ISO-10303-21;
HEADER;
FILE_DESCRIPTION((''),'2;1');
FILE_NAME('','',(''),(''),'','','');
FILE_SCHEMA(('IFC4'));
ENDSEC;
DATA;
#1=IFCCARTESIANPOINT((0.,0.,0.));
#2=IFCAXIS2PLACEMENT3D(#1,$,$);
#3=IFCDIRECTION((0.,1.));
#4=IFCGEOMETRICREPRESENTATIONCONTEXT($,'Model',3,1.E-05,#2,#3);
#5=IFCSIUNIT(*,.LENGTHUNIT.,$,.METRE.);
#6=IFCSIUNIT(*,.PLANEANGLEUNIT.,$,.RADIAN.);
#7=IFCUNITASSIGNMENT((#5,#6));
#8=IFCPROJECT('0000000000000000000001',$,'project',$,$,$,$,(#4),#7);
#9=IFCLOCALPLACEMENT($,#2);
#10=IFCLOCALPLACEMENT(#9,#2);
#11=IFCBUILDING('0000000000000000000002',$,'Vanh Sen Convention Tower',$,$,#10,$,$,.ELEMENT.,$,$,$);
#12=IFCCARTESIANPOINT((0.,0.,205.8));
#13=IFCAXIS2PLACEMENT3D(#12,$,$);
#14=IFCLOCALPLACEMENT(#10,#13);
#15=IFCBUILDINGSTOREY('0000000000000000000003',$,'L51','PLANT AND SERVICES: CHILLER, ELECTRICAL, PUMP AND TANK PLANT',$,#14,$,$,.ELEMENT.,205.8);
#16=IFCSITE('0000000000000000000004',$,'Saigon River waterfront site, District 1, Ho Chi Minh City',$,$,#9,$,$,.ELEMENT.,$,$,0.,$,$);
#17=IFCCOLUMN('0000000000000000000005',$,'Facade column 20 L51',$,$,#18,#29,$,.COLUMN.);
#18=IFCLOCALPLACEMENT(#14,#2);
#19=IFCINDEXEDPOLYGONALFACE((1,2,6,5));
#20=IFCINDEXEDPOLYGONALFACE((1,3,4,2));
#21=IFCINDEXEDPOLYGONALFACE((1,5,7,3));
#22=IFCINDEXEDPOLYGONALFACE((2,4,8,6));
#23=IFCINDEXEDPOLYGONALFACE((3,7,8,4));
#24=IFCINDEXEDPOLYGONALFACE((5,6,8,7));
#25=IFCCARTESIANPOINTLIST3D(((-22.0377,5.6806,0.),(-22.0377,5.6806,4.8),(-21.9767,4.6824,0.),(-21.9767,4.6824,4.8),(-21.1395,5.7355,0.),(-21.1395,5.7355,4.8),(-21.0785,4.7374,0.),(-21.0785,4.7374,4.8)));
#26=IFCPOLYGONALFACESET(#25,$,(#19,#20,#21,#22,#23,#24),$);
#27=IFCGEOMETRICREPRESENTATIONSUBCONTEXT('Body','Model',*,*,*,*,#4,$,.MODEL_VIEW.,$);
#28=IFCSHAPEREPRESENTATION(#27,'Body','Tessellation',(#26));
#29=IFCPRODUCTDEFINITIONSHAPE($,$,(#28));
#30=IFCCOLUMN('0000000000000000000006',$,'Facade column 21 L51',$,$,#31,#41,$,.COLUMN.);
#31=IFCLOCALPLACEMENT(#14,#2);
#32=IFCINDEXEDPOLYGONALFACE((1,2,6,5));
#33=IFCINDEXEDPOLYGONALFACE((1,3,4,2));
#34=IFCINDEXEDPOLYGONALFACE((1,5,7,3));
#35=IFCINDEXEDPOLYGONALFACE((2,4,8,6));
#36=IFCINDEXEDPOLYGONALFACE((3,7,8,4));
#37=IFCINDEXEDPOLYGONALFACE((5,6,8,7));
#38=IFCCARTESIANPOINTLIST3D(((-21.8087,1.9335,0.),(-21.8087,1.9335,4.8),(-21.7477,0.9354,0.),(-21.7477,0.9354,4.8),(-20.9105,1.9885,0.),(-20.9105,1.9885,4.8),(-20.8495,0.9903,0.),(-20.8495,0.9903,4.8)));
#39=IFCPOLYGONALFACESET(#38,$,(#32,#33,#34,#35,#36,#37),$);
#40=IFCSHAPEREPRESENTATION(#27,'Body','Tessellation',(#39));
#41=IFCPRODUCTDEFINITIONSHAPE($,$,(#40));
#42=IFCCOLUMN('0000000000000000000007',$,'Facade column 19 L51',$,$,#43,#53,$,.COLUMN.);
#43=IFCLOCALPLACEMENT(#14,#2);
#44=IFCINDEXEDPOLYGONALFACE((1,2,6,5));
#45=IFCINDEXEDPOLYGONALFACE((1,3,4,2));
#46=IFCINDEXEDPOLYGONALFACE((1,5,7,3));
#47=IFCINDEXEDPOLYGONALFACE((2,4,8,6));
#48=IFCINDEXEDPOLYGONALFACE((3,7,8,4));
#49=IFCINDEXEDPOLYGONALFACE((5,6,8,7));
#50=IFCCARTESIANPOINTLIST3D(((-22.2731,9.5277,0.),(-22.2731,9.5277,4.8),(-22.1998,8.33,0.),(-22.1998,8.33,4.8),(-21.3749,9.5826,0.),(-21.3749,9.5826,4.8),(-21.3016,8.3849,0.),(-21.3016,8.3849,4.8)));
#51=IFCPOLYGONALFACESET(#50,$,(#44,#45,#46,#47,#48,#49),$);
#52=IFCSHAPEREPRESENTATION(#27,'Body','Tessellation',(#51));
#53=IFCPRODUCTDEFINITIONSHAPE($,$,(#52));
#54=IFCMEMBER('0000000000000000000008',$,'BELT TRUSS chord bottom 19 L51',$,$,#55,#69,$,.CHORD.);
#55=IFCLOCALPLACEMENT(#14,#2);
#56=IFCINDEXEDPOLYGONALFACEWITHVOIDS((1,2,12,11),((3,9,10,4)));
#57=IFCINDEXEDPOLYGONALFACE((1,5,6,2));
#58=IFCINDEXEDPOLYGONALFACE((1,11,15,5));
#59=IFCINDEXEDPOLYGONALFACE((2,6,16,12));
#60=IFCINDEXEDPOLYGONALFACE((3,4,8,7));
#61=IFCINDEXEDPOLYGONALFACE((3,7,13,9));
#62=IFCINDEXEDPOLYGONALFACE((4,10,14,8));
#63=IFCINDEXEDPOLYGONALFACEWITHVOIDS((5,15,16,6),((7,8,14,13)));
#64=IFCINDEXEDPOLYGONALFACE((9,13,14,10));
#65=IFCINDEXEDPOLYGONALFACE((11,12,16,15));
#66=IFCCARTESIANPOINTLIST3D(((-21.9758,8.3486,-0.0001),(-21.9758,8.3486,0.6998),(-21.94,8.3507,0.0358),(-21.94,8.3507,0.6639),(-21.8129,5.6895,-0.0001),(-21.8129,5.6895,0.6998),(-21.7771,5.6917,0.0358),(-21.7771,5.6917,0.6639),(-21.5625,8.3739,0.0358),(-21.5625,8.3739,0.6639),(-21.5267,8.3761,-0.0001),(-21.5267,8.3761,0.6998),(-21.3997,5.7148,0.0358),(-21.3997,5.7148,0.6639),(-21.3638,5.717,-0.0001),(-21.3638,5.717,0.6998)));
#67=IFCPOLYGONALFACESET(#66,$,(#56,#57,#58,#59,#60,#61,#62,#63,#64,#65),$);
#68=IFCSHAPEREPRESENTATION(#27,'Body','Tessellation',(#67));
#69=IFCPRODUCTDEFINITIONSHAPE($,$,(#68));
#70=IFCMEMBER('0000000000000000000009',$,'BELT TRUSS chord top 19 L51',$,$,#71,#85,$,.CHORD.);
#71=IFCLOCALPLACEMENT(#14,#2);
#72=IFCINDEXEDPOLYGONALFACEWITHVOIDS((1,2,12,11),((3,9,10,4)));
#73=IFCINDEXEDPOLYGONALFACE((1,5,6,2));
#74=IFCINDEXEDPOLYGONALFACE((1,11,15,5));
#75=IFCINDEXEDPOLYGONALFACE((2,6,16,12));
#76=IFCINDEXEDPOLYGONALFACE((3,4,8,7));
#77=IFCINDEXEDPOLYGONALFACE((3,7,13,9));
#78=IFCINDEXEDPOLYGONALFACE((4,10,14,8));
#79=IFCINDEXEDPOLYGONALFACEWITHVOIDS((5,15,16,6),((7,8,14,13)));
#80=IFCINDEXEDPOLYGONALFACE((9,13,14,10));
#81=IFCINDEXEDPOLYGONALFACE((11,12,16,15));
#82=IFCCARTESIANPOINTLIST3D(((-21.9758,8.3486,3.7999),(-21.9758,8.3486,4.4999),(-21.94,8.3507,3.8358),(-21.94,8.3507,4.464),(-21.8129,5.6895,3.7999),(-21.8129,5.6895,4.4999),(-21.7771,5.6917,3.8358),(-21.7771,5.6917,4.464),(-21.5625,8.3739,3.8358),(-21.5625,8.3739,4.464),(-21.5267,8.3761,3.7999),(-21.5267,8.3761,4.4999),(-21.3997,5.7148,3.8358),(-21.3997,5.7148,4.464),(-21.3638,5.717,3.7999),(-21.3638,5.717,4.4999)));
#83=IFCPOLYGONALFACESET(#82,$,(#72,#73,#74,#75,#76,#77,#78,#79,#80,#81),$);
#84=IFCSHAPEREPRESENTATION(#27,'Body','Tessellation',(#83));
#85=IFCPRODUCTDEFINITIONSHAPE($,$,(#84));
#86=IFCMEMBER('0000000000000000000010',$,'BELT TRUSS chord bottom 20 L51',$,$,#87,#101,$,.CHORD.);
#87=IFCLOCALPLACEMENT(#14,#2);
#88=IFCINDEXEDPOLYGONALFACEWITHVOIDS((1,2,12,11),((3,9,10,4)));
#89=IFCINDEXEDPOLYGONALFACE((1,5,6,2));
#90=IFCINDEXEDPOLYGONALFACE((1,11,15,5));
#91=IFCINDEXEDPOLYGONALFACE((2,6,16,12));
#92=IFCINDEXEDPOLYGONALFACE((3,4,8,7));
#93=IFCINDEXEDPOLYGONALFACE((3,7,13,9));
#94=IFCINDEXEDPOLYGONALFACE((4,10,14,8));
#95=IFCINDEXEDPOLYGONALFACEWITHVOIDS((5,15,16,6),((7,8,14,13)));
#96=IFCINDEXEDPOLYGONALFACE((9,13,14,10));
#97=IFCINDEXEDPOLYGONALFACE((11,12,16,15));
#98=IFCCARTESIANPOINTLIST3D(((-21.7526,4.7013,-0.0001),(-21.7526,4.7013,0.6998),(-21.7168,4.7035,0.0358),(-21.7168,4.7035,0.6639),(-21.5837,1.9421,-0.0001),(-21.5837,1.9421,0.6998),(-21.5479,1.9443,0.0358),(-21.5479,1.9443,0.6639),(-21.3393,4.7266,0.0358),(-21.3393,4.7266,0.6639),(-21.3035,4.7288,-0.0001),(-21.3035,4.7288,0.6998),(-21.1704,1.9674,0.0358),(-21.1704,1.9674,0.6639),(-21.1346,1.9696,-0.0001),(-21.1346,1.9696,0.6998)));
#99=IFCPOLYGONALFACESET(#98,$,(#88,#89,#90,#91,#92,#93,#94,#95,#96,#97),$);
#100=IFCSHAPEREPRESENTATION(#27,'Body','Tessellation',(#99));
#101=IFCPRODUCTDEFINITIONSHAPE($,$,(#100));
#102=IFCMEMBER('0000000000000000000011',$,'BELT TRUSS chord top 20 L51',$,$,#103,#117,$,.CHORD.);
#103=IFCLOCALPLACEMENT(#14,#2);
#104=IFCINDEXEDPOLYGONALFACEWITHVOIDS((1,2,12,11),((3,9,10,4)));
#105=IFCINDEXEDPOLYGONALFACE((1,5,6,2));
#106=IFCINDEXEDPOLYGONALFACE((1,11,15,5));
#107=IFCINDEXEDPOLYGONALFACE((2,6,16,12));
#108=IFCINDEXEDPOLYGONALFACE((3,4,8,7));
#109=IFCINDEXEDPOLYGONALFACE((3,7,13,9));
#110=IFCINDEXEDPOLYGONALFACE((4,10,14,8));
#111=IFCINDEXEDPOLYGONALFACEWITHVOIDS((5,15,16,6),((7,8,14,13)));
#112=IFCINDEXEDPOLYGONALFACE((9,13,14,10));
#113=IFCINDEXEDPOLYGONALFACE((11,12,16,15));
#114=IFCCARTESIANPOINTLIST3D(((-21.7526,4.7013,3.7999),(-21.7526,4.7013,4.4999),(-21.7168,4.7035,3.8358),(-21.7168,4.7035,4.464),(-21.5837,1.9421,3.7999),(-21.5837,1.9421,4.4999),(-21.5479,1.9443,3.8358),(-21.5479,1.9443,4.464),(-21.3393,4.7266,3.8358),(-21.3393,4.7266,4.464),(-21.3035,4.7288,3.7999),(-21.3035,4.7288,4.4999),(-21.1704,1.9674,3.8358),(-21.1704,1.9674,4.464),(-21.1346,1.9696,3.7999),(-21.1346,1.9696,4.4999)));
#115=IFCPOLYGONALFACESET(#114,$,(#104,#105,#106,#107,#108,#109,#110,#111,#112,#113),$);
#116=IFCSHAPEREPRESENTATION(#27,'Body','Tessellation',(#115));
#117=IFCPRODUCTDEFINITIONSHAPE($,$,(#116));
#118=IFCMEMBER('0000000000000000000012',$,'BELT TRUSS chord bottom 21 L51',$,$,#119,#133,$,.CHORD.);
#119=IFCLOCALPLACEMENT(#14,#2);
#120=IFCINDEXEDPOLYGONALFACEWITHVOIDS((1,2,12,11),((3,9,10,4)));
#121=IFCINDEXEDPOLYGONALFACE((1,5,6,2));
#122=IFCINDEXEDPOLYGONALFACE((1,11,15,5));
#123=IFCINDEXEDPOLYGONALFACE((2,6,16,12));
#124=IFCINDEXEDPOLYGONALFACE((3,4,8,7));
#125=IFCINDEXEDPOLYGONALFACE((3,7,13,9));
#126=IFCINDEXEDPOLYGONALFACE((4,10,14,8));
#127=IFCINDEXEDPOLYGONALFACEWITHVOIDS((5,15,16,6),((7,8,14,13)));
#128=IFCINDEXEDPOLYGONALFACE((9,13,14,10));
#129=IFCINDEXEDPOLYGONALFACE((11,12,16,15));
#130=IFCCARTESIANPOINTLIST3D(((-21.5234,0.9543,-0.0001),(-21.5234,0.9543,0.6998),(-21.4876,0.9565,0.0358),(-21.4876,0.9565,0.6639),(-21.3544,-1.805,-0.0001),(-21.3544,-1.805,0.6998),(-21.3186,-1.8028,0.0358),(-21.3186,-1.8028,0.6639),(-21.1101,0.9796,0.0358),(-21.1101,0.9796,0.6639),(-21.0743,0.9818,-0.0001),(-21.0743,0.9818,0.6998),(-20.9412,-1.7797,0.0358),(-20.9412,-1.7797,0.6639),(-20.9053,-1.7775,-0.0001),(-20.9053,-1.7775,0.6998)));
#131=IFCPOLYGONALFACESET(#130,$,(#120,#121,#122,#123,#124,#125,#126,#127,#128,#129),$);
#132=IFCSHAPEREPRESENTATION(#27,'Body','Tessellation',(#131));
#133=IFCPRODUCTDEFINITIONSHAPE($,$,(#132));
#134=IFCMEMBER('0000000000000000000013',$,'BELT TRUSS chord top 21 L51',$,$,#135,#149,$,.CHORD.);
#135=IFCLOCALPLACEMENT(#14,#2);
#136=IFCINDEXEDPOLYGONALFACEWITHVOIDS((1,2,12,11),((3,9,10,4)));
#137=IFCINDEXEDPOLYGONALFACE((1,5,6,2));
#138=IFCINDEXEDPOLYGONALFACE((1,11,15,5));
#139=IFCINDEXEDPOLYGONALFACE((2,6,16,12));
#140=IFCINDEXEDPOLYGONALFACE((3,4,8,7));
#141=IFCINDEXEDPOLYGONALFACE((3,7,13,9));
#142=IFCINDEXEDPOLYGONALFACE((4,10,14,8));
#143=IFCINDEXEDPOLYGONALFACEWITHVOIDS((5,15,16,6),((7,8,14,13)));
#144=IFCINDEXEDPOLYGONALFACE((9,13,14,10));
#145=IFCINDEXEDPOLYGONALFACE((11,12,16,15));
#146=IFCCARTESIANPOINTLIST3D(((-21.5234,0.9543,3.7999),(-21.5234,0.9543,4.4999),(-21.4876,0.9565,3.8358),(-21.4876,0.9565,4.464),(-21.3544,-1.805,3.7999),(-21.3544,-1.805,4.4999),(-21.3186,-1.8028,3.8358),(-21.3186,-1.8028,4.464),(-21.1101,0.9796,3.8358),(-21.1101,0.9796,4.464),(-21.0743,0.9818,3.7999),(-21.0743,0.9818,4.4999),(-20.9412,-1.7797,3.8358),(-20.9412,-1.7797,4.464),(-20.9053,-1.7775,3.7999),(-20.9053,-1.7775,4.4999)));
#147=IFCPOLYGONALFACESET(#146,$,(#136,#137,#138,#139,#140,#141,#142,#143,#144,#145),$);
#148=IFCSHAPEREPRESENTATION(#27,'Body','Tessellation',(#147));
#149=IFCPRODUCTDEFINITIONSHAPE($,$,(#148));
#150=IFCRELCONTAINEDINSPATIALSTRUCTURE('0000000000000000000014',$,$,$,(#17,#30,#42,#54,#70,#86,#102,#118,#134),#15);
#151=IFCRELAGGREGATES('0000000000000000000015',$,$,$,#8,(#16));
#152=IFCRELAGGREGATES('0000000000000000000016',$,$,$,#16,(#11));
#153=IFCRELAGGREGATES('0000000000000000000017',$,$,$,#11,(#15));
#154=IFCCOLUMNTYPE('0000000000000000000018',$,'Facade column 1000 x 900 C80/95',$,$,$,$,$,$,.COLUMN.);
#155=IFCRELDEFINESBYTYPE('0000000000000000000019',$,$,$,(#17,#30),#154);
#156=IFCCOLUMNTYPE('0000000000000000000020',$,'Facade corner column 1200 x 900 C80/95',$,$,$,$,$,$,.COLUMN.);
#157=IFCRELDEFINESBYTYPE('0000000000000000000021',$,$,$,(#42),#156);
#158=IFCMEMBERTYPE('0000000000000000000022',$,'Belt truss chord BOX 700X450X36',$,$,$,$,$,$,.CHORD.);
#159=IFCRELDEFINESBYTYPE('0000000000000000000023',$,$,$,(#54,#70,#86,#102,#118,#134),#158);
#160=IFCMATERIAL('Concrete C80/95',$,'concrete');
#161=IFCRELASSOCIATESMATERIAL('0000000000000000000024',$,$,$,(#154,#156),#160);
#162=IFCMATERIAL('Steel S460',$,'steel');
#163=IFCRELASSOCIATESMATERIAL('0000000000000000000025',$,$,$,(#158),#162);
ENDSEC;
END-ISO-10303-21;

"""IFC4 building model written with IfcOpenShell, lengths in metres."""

from ifc_helpers import new_model, si_unit, direction, frame, origin, origin_2d, place, context, subcontext, project, spatial, rectangle, hollow_rectangle, extrude, material, material_profile, profile_set, type_object, element, save


model = new_model("IFC4")

# Units and contexts
model_context = context("Model", 3, precision=1e-05, world=origin(), true_north=direction((0.0, 1.0)))
body_context = subcontext(model_context, "Body", "Model", "MODEL_VIEW")
ifc_project = project(units=[si_unit("LENGTHUNIT", "METRE"), si_unit("PLANEANGLEUNIT", "RADIAN")], contexts=[model_context])

# Site, building, storey
site_placement = place(None, origin())
site = spatial("IfcSite", under=ifc_project, at=site_placement, Name="Saigon River waterfront site, District 1, Ho Chi Minh City", CompositionType="ELEMENT", RefElevation=0.0)
building_placement = place(site_placement, origin())
building = spatial("IfcBuilding", under=site, at=building_placement, Name="Vanh Sen Convention Tower", CompositionType="ELEMENT")
storey_placement = place(building_placement, frame((0.0, 0.0, 205.8)))
storey = spatial("IfcBuildingStorey", under=building, at=storey_placement, Name="L51", Description="PLANT AND SERVICES: CHILLER, ELECTRICAL, PUMP AND TANK PLANT", CompositionType="ELEMENT", Elevation=205.8)

# Columns
ifc_material_1 = material(Name="Concrete C80/95", Category="concrete")
ifc_material_profile_1 = material_profile(ifc_material_1, rectangle(XDim=1.0, YDim=0.8999, at=origin_2d()), Name="RC 1000X900")
ifc_profile_set_1 = profile_set([ifc_material_profile_1], Name="Concrete C80/95")
column_type_1 = type_object("IfcColumnType", Name="Facade column 1000 x 900 C80/95", PredefinedType="COLUMN", material=ifc_profile_set_1)
for number, where, z_axis, x_axis, name in (
    (1, (-21.5581, 5.209, 0.0), (0.0, 0.0, 1.0), (0.061049, -0.998135, 0.0), "Facade column 20 L51"),
    (2, (-21.3291, 1.4619, 0.0), (0.0, 0.0, 1.0), (0.061049, -0.998135, 0.0), "Facade column 21 L51"),
):
    element("IfcColumn", number, at=place(storey_placement, frame(where, z_axis=z_axis, x_axis=x_axis)), inside=storey, type_object=column_type_1, Name=name, PredefinedType="COLUMN", context=body_context, shape_type="SweptSolid", body=[
        extrude(rectangle(XDim=1.0, YDim=0.8999, at=origin_2d()), origin(), (0.0, 0.0, 1.0), 4.8),
    ])
ifc_material_profile_2 = material_profile(ifc_material_1, rectangle(XDim=1.2, YDim=0.8999, at=origin_2d()), Name="RC 1200X900")
ifc_profile_set_2 = profile_set([ifc_material_profile_2], Name="Concrete C80/95")
column_type_2 = type_object("IfcColumnType", Name="Facade corner column 1200 x 900 C80/95", PredefinedType="COLUMN", material=ifc_profile_set_2)
column_placement = place(storey_placement, frame((-21.7874, 8.9563, 0.0), z_axis=(0.0, 0.0, 1.0), x_axis=(0.061049, -0.998135, 0.0)))
element("IfcColumn", 3, at=column_placement, inside=storey, type_object=column_type_2, Name="Facade column 19 L51", PredefinedType="COLUMN", context=body_context, shape_type="SweptSolid", body=[
    extrude(rectangle(XDim=1.2, YDim=0.8999, at=origin_2d()), origin(), (0.0, 0.0, 1.0), 4.8),
])

# Members
ifc_material_2 = material(Name="Steel S460", Category="steel")
ifc_material_profile_3 = material_profile(ifc_material_2, hollow_rectangle(XDim=0.45, YDim=0.7, WallThickness=0.0359, at=origin_2d()), Name="BOX 700X450X36")
ifc_profile_set_3 = profile_set([ifc_material_profile_3], Name="Steel S460")
member_type_1 = type_object("IfcMemberType", Name="Belt truss chord BOX 700X450X36", PredefinedType="CHORD", material=ifc_profile_set_3)
for number, where, z_axis, x_axis, name in (
    (4, (-21.7512, 8.3623, 0.3499), (0.061123, -0.99813, 0.0), (0.99813, 0.061123, 0.0), "BELT TRUSS chord bottom 19 L51"),
    (5, (-21.7512, 8.3623, 4.1499), (0.061123, -0.99813, 0.0), (0.99813, 0.061123, 0.0), "BELT TRUSS chord top 19 L51"),
):
    element("IfcMember", number, at=place(storey_placement, frame(where, z_axis=z_axis, x_axis=x_axis)), inside=storey, type_object=member_type_1, Name=name, PredefinedType="CHORD", context=body_context, shape_type="SweptSolid", body=[
        extrude(hollow_rectangle(XDim=0.45, YDim=0.7, WallThickness=0.0359, at=origin_2d()), origin(), (0.0, 0.0, 1.0), 2.6641),
    ])
for number, where, z_axis, x_axis, name in (
    (6, (-21.5281, 4.7151, 0.3499), (0.061114, -0.998131, 0.0), (0.998131, 0.061114, 0.0), "BELT TRUSS chord bottom 20 L51"),
    (7, (-21.5281, 4.7151, 4.1499), (0.061114, -0.998131, 0.0), (0.998131, 0.061114, 0.0), "BELT TRUSS chord top 20 L51"),
    (8, (-21.2988, 0.968, 0.3499), (0.061114, -0.998131, 0.0), (0.998131, 0.061114, 0.0), "BELT TRUSS chord bottom 21 L51"),
    (9, (-21.2988, 0.968, 4.1499), (0.061114, -0.998131, 0.0), (0.998131, 0.061114, 0.0), "BELT TRUSS chord top 21 L51"),
):
    element("IfcMember", number, at=place(storey_placement, frame(where, z_axis=z_axis, x_axis=x_axis)), inside=storey, type_object=member_type_1, Name=name, PredefinedType="CHORD", context=body_context, shape_type="SweptSolid", body=[
        extrude(hollow_rectangle(XDim=0.45, YDim=0.7, WallThickness=0.0359, at=origin_2d()), origin(), (0.0, 0.0, 1.0), 2.7644),
    ])

save(model, "model.ifc")
